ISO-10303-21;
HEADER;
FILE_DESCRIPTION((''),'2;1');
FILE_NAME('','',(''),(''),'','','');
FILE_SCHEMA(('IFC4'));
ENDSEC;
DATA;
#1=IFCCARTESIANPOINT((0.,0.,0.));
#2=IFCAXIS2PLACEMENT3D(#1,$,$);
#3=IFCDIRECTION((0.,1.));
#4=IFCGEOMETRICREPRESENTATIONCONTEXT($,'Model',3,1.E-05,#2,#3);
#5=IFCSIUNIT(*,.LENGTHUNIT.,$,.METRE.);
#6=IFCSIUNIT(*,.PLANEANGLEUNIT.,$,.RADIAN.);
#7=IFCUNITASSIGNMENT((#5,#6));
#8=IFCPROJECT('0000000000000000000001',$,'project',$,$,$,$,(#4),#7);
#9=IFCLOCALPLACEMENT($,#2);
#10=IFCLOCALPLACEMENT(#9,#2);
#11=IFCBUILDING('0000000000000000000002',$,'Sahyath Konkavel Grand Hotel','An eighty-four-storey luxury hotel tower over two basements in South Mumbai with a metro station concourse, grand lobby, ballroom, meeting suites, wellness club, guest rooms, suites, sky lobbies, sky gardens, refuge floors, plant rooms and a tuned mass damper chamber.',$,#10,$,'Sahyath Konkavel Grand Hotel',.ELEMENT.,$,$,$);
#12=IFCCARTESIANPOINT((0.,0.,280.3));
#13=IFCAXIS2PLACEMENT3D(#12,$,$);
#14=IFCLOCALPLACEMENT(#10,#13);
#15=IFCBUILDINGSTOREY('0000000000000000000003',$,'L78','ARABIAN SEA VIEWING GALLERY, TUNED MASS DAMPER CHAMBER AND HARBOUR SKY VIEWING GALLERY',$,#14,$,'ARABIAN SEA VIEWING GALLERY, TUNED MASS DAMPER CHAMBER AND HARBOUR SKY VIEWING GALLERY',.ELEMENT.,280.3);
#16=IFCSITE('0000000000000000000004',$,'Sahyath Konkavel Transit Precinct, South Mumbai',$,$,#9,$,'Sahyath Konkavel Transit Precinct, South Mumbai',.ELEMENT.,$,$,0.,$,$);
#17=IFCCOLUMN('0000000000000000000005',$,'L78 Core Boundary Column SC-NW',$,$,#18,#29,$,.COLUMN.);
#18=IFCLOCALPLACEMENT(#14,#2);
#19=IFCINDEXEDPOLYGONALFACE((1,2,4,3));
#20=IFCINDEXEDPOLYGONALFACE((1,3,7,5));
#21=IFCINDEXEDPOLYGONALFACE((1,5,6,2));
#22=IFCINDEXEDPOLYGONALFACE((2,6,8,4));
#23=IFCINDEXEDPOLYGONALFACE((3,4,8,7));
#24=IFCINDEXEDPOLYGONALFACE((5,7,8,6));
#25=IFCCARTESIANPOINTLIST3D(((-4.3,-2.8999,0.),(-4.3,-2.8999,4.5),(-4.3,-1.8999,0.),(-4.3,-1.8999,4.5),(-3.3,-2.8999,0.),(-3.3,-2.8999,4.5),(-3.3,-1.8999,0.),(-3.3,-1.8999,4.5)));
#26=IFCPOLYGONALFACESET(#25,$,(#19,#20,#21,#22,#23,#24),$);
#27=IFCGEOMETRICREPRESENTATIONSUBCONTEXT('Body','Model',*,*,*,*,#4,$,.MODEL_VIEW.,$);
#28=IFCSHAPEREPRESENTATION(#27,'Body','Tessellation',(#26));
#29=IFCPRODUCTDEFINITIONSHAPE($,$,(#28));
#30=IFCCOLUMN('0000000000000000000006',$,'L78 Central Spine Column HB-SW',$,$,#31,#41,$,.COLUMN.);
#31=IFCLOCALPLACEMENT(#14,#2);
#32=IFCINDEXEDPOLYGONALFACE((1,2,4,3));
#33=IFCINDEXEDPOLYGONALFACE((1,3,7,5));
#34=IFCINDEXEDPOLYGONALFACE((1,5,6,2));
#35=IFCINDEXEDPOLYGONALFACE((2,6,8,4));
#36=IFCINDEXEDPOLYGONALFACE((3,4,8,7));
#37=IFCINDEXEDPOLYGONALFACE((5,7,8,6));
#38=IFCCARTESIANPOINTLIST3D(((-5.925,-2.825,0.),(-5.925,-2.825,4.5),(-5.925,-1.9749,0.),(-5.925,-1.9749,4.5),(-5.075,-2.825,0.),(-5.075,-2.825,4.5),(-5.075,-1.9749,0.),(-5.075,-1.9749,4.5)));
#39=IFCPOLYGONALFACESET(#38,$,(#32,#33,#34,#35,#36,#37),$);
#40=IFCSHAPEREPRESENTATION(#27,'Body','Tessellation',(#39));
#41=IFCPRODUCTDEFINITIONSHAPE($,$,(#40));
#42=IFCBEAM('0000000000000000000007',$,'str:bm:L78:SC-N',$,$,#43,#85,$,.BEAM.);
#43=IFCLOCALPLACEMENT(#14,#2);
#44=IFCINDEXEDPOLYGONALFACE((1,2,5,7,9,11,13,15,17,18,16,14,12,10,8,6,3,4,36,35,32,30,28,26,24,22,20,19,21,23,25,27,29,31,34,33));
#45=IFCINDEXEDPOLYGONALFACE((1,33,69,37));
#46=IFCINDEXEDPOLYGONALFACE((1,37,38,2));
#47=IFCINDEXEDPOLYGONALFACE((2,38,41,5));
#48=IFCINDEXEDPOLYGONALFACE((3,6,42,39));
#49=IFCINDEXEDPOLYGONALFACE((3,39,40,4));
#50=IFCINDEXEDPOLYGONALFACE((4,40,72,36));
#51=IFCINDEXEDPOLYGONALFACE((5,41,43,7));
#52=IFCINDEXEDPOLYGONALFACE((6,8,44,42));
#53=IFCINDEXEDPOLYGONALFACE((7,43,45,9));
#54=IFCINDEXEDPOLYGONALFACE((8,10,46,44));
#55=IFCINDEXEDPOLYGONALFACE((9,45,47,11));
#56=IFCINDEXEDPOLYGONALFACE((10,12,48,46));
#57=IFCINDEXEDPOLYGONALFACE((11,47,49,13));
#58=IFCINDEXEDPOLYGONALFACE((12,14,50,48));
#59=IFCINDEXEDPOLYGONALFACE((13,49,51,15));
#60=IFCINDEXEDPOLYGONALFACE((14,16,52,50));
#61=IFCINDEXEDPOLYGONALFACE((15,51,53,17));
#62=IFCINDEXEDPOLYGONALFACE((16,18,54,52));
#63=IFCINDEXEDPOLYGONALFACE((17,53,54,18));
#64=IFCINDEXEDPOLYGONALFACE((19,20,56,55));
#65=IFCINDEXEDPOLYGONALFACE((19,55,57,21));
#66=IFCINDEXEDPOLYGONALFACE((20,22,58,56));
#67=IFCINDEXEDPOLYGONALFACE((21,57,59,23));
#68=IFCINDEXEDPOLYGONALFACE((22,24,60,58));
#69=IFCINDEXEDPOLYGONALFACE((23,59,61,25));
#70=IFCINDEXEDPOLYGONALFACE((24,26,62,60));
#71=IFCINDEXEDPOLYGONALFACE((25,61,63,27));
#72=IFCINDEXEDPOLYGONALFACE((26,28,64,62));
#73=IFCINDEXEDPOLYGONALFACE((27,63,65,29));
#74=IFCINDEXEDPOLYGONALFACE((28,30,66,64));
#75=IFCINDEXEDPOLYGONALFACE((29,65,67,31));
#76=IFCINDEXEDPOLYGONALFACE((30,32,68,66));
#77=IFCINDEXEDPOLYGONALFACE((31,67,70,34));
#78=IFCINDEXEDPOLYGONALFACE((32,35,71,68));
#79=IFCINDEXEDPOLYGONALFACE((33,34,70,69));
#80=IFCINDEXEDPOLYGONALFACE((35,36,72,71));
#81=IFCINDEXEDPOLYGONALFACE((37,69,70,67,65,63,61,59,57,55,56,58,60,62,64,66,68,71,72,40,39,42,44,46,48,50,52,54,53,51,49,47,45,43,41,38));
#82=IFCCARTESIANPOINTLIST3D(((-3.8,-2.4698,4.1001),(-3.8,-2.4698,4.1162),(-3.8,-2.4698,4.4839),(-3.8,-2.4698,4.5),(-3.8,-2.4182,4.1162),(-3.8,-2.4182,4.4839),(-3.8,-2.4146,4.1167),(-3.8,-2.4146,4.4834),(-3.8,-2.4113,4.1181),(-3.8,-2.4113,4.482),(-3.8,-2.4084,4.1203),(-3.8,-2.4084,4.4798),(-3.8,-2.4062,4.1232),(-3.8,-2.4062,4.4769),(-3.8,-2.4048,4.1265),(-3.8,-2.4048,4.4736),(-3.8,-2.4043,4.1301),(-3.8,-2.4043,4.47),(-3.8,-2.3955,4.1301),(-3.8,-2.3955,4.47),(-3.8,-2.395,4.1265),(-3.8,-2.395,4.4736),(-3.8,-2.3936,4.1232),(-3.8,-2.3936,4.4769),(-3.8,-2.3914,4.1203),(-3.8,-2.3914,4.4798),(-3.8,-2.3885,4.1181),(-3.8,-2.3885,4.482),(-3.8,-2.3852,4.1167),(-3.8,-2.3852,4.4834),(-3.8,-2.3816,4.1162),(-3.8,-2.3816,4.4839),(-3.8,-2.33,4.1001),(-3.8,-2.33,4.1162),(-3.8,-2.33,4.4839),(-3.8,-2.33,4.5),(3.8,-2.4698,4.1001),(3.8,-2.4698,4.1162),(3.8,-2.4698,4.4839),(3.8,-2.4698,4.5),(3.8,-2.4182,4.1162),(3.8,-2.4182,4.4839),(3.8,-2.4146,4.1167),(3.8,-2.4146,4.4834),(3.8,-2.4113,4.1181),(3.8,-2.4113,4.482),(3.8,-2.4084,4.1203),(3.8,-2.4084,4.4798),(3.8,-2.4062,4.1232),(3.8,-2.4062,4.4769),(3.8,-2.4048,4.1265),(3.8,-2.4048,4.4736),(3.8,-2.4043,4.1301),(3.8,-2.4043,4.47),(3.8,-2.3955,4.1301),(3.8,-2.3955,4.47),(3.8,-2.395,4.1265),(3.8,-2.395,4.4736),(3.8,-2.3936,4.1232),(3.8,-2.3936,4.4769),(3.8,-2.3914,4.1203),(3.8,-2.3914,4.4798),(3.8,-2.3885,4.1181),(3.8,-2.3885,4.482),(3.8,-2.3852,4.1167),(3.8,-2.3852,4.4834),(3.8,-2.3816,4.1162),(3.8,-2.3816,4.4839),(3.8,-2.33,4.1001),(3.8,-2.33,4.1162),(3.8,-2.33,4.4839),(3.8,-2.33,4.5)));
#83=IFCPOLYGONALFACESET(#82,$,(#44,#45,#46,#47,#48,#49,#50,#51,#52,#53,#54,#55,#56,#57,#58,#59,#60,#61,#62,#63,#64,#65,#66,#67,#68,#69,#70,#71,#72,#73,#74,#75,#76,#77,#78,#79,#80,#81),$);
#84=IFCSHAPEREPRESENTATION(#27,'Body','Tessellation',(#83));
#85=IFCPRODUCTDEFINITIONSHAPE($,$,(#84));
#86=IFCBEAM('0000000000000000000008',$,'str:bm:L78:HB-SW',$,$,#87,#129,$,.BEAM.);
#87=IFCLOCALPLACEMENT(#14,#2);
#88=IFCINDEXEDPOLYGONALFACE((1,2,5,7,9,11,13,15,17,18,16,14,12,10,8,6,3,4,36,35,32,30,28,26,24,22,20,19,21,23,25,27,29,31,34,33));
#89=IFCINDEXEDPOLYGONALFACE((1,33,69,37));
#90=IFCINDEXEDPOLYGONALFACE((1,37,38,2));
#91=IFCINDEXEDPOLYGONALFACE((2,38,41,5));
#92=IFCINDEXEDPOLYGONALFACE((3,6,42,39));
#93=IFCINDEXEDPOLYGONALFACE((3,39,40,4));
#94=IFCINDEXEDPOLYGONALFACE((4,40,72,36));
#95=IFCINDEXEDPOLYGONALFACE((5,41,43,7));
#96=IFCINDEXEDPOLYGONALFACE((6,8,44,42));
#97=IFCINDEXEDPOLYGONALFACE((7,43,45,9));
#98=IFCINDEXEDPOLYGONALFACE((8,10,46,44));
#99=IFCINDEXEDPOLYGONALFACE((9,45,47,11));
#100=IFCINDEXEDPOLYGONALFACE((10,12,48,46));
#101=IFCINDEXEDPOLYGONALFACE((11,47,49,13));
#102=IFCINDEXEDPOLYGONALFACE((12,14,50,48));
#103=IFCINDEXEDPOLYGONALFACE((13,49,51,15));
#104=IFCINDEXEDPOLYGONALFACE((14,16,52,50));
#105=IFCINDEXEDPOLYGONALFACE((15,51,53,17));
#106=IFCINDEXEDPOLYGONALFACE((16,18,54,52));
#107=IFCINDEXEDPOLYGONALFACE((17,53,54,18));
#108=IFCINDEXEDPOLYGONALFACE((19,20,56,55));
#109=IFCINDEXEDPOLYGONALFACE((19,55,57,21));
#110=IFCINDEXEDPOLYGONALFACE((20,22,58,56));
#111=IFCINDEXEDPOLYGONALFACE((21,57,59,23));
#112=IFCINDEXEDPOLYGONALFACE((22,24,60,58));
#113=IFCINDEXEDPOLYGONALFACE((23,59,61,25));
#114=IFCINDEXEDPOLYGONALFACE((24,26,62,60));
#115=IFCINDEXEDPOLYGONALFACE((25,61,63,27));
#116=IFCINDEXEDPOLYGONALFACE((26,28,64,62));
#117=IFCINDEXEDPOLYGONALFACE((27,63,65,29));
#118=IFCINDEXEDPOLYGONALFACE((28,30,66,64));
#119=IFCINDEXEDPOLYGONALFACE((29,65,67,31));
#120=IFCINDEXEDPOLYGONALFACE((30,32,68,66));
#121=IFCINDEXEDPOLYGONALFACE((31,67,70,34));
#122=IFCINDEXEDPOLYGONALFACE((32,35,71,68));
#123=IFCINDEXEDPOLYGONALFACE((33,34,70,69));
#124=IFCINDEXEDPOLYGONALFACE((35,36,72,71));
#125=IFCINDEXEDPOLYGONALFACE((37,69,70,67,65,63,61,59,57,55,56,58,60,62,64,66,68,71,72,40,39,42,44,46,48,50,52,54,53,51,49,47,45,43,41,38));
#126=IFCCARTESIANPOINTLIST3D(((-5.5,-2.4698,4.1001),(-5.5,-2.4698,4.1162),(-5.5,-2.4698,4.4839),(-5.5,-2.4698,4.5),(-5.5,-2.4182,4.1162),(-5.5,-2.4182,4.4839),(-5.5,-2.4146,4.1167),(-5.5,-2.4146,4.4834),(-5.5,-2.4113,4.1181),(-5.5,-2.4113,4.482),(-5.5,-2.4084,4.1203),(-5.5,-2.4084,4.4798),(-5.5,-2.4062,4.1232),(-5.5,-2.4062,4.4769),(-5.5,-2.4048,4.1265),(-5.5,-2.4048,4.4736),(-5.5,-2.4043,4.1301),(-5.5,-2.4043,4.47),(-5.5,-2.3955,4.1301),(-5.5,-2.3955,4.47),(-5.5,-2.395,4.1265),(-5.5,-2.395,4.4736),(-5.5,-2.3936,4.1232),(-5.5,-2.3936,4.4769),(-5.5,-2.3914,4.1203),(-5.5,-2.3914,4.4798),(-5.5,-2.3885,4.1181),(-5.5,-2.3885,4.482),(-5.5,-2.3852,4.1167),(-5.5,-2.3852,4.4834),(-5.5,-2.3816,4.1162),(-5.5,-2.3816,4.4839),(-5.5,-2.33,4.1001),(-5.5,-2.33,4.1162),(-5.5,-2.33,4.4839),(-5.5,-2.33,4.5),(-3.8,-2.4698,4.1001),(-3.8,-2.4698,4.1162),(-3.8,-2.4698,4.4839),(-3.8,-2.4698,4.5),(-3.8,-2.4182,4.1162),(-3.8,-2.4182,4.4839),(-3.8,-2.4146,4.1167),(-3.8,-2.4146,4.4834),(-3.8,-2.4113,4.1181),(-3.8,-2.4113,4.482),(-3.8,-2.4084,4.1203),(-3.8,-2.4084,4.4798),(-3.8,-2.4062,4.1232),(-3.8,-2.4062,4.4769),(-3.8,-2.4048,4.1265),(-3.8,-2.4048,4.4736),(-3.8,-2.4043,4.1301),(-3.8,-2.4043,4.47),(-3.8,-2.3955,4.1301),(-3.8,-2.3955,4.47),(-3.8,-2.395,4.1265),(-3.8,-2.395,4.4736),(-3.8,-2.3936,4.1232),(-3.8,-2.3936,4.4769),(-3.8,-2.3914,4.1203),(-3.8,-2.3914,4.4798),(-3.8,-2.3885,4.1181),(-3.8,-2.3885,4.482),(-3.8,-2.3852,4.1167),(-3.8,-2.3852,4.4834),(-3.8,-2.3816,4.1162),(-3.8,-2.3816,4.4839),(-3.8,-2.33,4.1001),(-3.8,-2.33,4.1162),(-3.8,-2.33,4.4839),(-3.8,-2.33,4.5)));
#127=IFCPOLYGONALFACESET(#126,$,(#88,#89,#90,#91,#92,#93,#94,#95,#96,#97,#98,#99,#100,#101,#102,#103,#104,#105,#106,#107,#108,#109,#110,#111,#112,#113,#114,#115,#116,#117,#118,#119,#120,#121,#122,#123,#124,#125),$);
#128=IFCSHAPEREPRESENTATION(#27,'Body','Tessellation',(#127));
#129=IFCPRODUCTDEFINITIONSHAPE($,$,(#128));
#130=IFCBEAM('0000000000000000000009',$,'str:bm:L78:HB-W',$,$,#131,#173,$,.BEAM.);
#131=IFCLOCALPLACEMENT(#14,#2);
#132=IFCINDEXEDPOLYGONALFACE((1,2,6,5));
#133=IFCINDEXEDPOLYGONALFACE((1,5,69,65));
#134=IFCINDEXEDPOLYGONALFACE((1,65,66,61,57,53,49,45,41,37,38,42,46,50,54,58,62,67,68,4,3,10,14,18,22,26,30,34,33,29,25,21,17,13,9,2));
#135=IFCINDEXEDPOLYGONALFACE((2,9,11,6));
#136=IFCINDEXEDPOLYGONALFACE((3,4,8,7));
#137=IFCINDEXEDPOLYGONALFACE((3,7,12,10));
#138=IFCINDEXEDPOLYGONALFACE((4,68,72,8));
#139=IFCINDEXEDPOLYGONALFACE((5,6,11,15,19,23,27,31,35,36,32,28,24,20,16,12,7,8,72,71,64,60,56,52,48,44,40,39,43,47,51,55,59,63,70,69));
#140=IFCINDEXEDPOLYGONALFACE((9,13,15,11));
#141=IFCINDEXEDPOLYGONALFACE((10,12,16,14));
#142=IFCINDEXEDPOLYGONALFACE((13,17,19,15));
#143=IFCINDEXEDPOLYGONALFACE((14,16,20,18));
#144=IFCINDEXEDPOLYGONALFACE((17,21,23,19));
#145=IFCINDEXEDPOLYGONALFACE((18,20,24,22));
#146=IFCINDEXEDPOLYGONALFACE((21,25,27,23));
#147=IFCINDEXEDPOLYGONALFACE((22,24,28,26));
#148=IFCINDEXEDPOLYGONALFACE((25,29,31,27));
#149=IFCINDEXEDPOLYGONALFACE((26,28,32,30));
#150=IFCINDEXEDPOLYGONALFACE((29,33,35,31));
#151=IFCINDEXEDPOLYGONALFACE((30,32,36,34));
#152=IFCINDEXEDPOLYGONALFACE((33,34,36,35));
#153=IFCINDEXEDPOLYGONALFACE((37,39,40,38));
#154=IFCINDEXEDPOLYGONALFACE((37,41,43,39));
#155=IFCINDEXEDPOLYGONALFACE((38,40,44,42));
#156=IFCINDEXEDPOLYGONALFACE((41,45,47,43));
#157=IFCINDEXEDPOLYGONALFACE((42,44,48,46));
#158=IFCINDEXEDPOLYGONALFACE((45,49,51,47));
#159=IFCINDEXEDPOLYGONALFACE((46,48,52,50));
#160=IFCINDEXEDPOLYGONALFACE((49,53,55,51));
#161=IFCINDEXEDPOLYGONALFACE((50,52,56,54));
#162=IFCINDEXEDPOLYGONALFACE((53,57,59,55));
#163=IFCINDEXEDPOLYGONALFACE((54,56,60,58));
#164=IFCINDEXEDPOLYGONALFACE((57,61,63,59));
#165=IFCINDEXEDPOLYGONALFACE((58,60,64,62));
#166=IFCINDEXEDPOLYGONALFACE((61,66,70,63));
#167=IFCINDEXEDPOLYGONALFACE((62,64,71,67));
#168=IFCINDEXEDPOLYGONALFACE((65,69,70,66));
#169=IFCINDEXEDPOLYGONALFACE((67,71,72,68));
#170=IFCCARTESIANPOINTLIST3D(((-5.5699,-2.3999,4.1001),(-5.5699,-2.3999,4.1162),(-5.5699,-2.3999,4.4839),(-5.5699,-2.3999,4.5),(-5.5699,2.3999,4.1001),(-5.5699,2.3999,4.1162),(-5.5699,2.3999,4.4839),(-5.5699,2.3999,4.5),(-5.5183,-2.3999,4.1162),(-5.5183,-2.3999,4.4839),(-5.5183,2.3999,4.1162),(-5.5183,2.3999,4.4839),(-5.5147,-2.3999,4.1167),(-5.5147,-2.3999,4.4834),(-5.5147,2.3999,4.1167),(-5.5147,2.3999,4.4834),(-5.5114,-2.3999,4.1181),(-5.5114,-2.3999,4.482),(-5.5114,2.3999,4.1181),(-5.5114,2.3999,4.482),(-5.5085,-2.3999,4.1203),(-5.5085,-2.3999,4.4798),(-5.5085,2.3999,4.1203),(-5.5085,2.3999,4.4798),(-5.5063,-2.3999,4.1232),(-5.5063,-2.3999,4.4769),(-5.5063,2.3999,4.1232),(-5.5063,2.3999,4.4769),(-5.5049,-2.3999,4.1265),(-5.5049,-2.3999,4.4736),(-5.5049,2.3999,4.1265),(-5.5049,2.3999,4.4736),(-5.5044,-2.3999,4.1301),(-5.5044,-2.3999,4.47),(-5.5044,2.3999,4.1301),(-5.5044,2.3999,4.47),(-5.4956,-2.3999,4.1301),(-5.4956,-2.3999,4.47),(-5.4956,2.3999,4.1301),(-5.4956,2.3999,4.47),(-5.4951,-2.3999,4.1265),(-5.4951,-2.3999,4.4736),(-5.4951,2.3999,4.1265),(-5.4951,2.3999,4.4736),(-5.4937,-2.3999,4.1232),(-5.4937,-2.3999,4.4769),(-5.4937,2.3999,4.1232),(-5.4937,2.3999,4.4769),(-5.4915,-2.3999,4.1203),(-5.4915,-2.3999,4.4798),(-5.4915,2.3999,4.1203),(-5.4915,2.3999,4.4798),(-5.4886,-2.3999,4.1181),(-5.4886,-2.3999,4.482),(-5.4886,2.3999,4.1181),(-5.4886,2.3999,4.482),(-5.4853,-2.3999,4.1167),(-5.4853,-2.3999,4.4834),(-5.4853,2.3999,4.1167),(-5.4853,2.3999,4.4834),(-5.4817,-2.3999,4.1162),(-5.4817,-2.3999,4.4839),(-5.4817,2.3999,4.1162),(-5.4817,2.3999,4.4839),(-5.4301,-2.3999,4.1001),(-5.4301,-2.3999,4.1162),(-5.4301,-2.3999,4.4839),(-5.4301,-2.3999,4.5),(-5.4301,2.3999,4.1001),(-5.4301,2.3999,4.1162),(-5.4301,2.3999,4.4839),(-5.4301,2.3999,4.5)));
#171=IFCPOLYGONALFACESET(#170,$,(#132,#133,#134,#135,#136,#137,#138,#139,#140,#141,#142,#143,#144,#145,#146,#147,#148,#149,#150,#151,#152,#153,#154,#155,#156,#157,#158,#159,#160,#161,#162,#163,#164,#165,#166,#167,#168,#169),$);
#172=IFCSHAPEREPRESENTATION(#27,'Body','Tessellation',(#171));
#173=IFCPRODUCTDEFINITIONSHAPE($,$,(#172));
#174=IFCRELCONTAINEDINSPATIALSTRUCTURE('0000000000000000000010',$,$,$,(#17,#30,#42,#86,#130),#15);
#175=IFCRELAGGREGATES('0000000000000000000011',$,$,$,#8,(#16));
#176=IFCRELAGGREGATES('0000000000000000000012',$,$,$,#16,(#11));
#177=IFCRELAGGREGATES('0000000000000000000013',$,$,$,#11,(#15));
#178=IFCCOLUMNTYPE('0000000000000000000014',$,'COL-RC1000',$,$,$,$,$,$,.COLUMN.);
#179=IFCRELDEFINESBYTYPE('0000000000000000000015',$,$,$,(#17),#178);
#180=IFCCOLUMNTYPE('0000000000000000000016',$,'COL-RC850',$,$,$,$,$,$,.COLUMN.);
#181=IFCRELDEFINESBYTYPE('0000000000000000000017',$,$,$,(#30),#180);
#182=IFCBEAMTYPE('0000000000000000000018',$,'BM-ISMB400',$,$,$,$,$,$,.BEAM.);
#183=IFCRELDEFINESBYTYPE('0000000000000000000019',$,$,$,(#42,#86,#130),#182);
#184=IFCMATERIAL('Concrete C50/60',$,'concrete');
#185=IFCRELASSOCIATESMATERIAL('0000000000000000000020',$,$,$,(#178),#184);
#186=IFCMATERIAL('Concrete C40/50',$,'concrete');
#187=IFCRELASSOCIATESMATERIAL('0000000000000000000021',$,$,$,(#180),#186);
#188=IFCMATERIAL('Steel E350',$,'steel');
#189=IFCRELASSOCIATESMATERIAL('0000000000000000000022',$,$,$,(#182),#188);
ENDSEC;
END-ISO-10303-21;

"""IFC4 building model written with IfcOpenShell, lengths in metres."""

from ifc_helpers import new_model, si_unit, direction, frame, origin, origin_2d, place, context, subcontext, project, spatial, rectangle, i_section, extrude, source, transform, mapped, material, material_profile, profile_set, type_object, element, save


model = new_model("IFC4")

# Units and contexts
model_context = context("Model", 3, precision=1e-05, world=origin(), true_north=direction((0.0, 1.0)))
body_context = subcontext(model_context, "Body", "Model", "MODEL_VIEW")
ifc_project = project(units=[si_unit("LENGTHUNIT", "METRE"), si_unit("PLANEANGLEUNIT", "RADIAN")], contexts=[model_context])

# Site, building, storey
site_placement = place(None, origin())
site = spatial("IfcSite", under=ifc_project, at=site_placement, Name="Sahyath Konkavel Transit Precinct, South Mumbai", LongName="Sahyath Konkavel Transit Precinct, South Mumbai", CompositionType="ELEMENT", RefElevation=0.0)
building_placement = place(site_placement, origin())
building = spatial("IfcBuilding", under=site, at=building_placement, Name="Sahyath Konkavel Grand Hotel", Description="An eighty-four-storey luxury hotel tower over two basements in South Mumbai with a metro station concourse, grand lobby, ballroom, meeting suites, wellness club, guest rooms, suites, sky lobbies, sky gardens, refuge floors, plant rooms and a tuned mass damper chamber.", LongName="Sahyath Konkavel Grand Hotel", CompositionType="ELEMENT")
storey_placement = place(building_placement, frame((0.0, 0.0, 280.3)))
storey = spatial("IfcBuildingStorey", under=building, at=storey_placement, Name="L78", Description="ARABIAN SEA VIEWING GALLERY, TUNED MASS DAMPER CHAMBER AND HARBOUR SKY VIEWING GALLERY", LongName="ARABIAN SEA VIEWING GALLERY, TUNED MASS DAMPER CHAMBER AND HARBOUR SKY VIEWING GALLERY", CompositionType="ELEMENT", Elevation=280.3)

# Columns
ifc_material_1 = material(Name="Concrete C50/60", Category="concrete")
ifc_material_profile_1 = material_profile(ifc_material_1, rectangle(XDim=1.0, YDim=1.0, at=origin_2d()), Name="RC 1000x1000")
ifc_profile_set_1 = profile_set([ifc_material_profile_1], Name="Concrete C50/60")
column_type_1 = type_object("IfcColumnType", Name="COL-RC1000", PredefinedType="COLUMN", material=ifc_profile_set_1)
shared_shape_1 = source(origin(), body_context, "Body", "SweptSolid", [
    extrude(rectangle(XDim=1.0, YDim=1.0, at=origin_2d()), origin(), (0.0, 0.0, 1.0), 4.5),
])
column_1_placement = place(storey_placement, frame((-3.8, -2.3999, 0.0), z_axis=(0.0, 0.0, 1.0), x_axis=(1.0, 0.0, 0.0)))
element("IfcColumn", 1, at=column_1_placement, inside=storey, type_object=column_type_1, Name="L78 Core Boundary Column SC-NW", PredefinedType="COLUMN", context=body_context, shape_type="MappedRepresentation", body=[
    mapped(shared_shape_1, transform((0.0, 0.0, 0.0), scale=1.0)),
])
ifc_material_2 = material(Name="Concrete C40/50", Category="concrete")
ifc_material_profile_2 = material_profile(ifc_material_2, rectangle(XDim=0.8501, YDim=0.8501, at=origin_2d()), Name="RC 850x850")
ifc_profile_set_2 = profile_set([ifc_material_profile_2], Name="Concrete C40/50")
column_type_2 = type_object("IfcColumnType", Name="COL-RC850", PredefinedType="COLUMN", material=ifc_profile_set_2)
shared_shape_2 = source(origin(), body_context, "Body", "SweptSolid", [
    extrude(rectangle(XDim=0.8501, YDim=0.8501, at=origin_2d()), origin(), (0.0, 0.0, 1.0), 4.5),
])
column_2_placement = place(storey_placement, frame((-5.5, -2.3999, 0.0), z_axis=(0.0, 0.0, 1.0), x_axis=(1.0, 0.0, 0.0)))
element("IfcColumn", 2, at=column_2_placement, inside=storey, type_object=column_type_2, Name="L78 Central Spine Column HB-SW", PredefinedType="COLUMN", context=body_context, shape_type="MappedRepresentation", body=[
    mapped(shared_shape_2, transform((0.0, 0.0, 0.0), scale=1.0)),
])

# Beams
ifc_material_3 = material(Name="Steel E350", Category="steel")
ifc_material_profile_3 = material_profile(ifc_material_3, i_section(OverallWidth=0.1399, OverallDepth=0.3999, WebThickness=0.0088, FlangeThickness=0.0161, FilletRadius=0.0139, at=origin_2d()), Name="ISMB 400")
ifc_profile_set_3 = profile_set([ifc_material_profile_3], Name="Steel E350")
beam_type_1 = type_object("IfcBeamType", Name="BM-ISMB400", PredefinedType="BEAM", material=ifc_profile_set_3)
shared_shape_3 = source(origin(), body_context, "Body", "SweptSolid", [
    extrude(i_section(OverallWidth=0.1399, OverallDepth=0.3999, WebThickness=0.0088, FlangeThickness=0.0161, FilletRadius=0.0139, at=origin_2d()), origin(), (0.0, 0.0, 1.0), 7.6001),
])
beam_1_placement = place(storey_placement, frame((-3.8, -2.3999, 4.3), z_axis=(1.0, 0.0, 0.0), x_axis=(0.0, 1.0, 0.0)))
element("IfcBeam", 3, at=beam_1_placement, inside=storey, type_object=beam_type_1, Name="str:bm:L78:SC-N", PredefinedType="BEAM", context=body_context, shape_type="MappedRepresentation", body=[
    mapped(shared_shape_3, transform((0.0, 0.0, 0.0), scale=1.0)),
])
shared_shape_4 = source(origin(), body_context, "Body", "SweptSolid", [
    extrude(i_section(OverallWidth=0.1399, OverallDepth=0.3999, WebThickness=0.0088, FlangeThickness=0.0161, FilletRadius=0.0139, at=origin_2d()), origin(), (0.0, 0.0, 1.0), 1.7),
])
beam_2_placement = place(storey_placement, frame((-5.5, -2.3999, 4.3), z_axis=(1.0, 0.0, 0.0), x_axis=(0.0, 1.0, 0.0)))
element("IfcBeam", 4, at=beam_2_placement, inside=storey, type_object=beam_type_1, Name="str:bm:L78:HB-SW", PredefinedType="BEAM", context=body_context, shape_type="MappedRepresentation", body=[
    mapped(shared_shape_4, transform((0.0, 0.0, 0.0), scale=1.0)),
])
shared_shape_5 = source(origin(), body_context, "Body", "SweptSolid", [
    extrude(i_section(OverallWidth=0.1399, OverallDepth=0.3999, WebThickness=0.0088, FlangeThickness=0.0161, FilletRadius=0.0139, at=origin_2d()), origin(), (0.0, 0.0, 1.0), 4.7998),
])
beam_3_placement = place(storey_placement, frame((-5.5, -2.3999, 4.3), z_axis=(0.0, 1.0, 0.0), x_axis=(-1.0, 0.0, 0.0)))
element("IfcBeam", 5, at=beam_3_placement, inside=storey, type_object=beam_type_1, Name="str:bm:L78:HB-W", PredefinedType="BEAM", context=body_context, shape_type="MappedRepresentation", body=[
    mapped(shared_shape_5, transform((0.0, 0.0, 0.0), scale=1.0)),
])

save(model, "model.ifc")
